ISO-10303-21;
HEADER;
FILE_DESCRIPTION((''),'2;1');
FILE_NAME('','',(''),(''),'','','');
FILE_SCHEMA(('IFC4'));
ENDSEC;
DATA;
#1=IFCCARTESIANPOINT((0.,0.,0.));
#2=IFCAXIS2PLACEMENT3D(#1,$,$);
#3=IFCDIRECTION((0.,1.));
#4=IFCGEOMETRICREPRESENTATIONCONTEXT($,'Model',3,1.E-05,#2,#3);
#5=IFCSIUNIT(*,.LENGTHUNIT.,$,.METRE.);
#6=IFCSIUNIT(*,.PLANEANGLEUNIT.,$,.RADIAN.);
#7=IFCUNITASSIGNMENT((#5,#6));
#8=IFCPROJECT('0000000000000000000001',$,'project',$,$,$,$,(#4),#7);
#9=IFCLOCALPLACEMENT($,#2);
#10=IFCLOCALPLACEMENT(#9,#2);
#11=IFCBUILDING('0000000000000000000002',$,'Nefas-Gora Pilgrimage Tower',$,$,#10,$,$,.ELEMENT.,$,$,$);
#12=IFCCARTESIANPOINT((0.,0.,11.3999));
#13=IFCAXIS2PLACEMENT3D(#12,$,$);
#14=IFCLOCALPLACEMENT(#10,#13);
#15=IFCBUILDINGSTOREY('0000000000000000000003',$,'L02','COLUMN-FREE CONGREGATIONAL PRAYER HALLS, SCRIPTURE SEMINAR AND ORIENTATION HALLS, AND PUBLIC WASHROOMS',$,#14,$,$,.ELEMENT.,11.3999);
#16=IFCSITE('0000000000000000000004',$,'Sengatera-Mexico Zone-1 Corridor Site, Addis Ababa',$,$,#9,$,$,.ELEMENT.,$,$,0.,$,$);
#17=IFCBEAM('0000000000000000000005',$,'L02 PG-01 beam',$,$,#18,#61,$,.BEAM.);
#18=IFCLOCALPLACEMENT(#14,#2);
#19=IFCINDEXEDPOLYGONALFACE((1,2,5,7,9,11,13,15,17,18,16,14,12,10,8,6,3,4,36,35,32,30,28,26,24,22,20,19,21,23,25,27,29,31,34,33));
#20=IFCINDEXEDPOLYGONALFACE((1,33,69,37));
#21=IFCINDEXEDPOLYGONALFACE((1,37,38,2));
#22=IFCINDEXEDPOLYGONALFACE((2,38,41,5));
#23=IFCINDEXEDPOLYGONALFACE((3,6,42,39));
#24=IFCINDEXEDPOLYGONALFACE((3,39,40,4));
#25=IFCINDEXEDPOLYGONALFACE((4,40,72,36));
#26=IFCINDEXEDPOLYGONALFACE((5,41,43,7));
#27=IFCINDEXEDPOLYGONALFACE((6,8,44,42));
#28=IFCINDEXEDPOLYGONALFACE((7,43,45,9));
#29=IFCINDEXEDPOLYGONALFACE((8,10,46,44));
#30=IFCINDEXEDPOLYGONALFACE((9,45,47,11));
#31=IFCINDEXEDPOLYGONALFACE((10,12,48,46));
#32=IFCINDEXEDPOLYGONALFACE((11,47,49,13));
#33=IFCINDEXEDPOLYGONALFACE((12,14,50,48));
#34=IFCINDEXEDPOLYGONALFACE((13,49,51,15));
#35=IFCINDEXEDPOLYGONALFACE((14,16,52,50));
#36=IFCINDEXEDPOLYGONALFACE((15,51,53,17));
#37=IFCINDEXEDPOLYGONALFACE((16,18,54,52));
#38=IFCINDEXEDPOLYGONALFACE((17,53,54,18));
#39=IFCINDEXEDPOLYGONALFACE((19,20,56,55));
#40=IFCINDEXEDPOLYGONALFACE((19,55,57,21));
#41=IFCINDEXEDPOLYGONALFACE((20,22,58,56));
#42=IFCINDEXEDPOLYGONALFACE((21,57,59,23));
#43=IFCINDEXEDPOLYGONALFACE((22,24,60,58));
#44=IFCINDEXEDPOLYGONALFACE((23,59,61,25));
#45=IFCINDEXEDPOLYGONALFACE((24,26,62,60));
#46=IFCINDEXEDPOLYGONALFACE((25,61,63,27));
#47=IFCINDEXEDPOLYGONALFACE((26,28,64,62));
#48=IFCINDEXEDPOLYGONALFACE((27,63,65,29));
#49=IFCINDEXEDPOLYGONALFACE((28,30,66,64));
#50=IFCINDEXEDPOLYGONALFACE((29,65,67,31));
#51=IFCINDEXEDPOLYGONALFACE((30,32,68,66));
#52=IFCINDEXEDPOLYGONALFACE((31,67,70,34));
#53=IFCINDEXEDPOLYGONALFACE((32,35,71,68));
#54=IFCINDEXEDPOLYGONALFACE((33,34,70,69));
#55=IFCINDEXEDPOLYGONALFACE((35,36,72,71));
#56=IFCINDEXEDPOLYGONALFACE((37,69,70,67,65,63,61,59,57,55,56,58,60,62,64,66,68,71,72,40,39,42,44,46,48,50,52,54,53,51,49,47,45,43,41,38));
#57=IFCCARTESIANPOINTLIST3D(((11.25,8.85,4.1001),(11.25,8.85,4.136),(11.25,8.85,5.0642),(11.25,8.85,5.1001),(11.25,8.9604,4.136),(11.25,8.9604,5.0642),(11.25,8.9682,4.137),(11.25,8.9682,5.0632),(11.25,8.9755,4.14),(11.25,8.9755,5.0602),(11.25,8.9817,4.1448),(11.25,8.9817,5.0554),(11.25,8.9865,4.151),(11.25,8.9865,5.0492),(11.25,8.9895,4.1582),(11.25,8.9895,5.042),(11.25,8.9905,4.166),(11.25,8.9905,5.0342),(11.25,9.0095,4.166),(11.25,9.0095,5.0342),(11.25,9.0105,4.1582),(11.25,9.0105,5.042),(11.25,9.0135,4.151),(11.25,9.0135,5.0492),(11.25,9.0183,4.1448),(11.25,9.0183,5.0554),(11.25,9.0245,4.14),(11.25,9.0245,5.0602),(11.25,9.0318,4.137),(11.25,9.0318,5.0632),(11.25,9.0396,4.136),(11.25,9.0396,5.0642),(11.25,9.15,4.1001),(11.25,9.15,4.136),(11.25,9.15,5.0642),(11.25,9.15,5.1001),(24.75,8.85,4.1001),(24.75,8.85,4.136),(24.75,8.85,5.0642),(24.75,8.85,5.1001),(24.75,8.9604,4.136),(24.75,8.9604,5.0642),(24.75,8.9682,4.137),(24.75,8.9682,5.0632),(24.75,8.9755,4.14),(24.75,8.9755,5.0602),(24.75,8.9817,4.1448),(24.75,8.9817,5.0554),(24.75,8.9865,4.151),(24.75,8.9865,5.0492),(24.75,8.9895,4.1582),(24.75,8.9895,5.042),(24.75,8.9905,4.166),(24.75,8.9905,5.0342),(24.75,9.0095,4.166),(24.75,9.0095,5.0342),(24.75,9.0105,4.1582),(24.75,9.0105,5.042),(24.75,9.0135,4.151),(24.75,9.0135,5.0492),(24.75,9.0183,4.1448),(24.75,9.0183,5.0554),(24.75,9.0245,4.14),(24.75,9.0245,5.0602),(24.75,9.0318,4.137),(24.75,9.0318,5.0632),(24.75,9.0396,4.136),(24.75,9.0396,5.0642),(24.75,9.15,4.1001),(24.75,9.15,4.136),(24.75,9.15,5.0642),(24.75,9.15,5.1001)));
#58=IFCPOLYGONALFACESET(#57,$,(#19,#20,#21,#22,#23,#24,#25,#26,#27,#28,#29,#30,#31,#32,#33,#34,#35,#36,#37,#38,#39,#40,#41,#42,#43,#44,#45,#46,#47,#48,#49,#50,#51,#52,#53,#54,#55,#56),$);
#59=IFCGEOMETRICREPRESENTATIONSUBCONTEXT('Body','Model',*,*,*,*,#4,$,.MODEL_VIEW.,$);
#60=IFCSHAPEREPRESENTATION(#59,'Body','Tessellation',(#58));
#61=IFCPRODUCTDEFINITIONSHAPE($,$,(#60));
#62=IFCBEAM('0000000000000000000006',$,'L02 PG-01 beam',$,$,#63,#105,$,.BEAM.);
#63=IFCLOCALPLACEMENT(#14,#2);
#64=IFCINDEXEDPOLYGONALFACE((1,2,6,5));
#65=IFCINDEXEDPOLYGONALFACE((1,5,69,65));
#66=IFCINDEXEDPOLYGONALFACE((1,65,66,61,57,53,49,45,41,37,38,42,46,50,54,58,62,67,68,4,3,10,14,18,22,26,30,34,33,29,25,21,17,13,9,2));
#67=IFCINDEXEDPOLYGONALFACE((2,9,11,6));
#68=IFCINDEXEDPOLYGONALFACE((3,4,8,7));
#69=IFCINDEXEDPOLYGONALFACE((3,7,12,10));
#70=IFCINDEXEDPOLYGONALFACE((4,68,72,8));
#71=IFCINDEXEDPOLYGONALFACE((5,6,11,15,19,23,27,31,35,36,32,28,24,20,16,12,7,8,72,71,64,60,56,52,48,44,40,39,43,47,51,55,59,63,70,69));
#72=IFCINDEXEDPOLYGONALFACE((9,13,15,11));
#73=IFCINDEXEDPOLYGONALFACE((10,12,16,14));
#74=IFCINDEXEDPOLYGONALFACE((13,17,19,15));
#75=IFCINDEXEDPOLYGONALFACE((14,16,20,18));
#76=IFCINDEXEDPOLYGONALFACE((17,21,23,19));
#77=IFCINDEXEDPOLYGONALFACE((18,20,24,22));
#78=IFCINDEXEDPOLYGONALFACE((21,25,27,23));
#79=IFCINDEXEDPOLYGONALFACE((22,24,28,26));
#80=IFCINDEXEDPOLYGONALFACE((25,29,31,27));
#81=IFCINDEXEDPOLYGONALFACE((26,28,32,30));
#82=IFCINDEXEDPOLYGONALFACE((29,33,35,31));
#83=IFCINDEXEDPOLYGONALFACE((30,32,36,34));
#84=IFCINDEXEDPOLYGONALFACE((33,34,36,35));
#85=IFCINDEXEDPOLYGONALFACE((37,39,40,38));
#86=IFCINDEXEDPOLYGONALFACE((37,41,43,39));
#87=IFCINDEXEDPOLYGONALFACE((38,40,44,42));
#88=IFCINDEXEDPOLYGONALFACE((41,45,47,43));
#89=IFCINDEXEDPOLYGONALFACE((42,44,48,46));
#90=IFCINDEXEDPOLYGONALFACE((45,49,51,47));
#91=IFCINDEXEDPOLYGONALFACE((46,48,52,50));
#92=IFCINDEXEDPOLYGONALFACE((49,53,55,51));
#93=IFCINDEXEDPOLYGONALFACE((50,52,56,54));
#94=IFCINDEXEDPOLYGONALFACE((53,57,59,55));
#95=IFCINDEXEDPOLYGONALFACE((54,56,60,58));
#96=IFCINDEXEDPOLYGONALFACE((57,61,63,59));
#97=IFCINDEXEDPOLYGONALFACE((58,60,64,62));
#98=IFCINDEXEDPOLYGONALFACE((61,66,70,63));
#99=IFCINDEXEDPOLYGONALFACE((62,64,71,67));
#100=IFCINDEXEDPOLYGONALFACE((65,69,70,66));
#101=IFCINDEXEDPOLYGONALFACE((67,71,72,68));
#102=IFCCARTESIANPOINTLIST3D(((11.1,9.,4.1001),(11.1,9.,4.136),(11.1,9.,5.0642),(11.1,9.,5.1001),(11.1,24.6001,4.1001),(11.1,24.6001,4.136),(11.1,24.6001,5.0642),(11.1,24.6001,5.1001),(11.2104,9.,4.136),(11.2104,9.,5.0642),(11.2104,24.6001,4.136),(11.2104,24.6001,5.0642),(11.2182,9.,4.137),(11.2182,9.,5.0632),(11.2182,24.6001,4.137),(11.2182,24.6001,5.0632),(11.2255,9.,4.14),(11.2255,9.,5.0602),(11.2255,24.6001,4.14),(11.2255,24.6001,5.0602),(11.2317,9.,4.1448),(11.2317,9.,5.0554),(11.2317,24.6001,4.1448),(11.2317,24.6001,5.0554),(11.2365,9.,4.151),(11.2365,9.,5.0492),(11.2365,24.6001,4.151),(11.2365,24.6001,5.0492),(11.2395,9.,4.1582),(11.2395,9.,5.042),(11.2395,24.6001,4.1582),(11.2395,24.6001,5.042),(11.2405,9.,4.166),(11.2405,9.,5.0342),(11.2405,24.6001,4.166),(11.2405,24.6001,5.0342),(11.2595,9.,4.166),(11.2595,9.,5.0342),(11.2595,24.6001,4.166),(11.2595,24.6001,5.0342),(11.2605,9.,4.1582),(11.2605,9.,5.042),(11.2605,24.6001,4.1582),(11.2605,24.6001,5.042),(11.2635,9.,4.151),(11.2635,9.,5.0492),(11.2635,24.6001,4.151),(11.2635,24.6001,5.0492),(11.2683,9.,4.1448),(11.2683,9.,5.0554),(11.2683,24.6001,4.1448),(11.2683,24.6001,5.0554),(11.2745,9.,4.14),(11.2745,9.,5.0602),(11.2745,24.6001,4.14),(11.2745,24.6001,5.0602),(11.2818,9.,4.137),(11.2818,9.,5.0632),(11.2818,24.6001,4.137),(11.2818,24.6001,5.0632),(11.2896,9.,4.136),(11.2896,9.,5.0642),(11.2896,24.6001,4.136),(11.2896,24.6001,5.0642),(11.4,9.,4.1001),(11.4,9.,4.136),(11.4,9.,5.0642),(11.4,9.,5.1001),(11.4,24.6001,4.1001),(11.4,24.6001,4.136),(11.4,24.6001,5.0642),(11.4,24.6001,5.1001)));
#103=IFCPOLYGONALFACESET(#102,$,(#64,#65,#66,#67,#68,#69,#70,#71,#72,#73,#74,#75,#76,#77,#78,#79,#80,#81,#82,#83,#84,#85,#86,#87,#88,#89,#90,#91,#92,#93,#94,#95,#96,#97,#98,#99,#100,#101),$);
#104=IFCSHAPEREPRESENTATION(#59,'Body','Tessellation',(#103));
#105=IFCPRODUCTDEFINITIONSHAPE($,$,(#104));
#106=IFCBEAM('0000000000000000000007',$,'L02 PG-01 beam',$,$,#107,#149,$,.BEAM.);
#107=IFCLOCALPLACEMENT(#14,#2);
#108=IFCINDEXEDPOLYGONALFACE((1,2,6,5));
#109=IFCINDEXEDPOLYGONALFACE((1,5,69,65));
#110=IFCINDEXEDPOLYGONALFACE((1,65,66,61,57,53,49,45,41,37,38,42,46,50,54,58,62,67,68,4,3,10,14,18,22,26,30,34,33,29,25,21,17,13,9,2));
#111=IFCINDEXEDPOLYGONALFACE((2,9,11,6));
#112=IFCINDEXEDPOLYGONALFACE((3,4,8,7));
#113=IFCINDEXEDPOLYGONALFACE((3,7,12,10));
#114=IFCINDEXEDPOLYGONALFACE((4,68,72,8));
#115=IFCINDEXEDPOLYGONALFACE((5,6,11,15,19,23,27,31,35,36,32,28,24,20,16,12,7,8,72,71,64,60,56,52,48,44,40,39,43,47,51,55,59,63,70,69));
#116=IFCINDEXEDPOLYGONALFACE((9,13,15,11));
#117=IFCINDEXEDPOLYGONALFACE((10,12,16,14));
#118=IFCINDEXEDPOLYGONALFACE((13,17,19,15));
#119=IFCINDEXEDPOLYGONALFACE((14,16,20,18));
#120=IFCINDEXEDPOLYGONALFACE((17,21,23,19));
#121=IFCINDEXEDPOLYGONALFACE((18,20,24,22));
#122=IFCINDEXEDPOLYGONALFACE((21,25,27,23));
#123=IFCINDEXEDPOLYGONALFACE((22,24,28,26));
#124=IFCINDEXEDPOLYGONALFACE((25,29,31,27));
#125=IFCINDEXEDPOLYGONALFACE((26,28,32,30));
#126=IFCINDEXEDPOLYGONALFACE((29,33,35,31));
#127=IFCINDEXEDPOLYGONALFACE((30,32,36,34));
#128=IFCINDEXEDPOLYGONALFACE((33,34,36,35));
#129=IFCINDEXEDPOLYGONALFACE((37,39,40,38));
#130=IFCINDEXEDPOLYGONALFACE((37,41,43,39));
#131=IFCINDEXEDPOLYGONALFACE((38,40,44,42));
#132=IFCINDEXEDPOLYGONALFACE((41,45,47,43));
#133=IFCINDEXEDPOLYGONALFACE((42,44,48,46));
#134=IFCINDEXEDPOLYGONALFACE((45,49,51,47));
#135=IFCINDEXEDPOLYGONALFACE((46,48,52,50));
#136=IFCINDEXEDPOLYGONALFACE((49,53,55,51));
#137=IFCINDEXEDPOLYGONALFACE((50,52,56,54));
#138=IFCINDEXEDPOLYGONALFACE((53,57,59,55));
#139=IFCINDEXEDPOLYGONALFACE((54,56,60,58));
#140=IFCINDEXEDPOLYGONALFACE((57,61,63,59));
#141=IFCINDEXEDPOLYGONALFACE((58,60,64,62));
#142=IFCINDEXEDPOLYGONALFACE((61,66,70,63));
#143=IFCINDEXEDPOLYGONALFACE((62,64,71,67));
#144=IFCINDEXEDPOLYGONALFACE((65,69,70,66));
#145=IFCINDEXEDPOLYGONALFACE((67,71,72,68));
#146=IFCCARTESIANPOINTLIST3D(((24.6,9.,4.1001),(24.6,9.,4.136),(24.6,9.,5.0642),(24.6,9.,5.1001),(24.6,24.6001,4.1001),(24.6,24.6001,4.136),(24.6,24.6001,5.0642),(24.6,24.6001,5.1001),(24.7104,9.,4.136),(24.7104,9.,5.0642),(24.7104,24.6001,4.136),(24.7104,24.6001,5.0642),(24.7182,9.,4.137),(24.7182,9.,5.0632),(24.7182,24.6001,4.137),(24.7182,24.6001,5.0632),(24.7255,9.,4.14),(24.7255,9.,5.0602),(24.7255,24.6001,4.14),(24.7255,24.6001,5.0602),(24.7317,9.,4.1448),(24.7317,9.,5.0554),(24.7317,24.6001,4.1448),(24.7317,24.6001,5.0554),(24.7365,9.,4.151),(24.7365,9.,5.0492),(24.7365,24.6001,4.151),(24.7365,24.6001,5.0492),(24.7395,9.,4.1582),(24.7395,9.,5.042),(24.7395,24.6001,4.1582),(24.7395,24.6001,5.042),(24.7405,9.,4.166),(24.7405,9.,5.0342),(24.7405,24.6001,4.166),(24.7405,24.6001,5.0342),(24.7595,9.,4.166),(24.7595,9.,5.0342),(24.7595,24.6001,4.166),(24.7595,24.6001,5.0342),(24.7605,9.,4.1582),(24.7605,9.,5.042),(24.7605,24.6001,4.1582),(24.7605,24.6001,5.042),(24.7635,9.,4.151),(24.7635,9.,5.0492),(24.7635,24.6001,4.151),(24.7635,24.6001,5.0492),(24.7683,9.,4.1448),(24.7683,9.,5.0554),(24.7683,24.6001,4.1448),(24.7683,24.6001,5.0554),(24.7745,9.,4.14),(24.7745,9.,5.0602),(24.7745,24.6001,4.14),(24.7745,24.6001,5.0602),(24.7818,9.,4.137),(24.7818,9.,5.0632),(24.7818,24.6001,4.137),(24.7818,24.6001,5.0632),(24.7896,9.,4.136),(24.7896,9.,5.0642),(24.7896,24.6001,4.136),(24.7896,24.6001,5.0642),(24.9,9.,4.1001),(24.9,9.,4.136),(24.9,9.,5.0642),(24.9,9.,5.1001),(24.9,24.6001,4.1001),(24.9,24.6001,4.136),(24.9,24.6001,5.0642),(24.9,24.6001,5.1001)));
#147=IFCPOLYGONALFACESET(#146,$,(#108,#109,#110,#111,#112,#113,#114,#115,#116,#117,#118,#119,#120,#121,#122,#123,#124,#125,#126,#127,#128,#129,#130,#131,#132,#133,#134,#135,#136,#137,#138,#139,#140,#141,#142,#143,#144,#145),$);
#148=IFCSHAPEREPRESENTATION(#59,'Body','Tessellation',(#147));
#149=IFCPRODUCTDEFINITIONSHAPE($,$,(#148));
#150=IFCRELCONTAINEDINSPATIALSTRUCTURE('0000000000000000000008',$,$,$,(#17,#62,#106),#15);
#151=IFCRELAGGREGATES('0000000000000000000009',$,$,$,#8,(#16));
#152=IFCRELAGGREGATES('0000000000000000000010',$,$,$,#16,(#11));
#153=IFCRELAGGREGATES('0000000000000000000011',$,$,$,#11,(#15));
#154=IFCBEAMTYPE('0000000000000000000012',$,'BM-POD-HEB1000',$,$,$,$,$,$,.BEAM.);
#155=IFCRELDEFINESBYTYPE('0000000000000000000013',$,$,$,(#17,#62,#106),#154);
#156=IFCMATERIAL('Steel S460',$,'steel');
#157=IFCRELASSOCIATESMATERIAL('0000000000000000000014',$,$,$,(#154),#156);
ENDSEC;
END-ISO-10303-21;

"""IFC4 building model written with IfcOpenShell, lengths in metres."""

from ifc_helpers import new_model, si_unit, direction, frame, origin, origin_2d, place, context, subcontext, project, spatial, i_section, extrude, source, transform, mapped, material, material_profile, profile_set, type_object, element, save


model = new_model("IFC4")

# Units and contexts
model_context = context("Model", 3, precision=1e-05, world=origin(), true_north=direction((0.0, 1.0)))
body_context = subcontext(model_context, "Body", "Model", "MODEL_VIEW")
ifc_project = project(units=[si_unit("LENGTHUNIT", "METRE"), si_unit("PLANEANGLEUNIT", "RADIAN")], contexts=[model_context])

# Site, building, storey
site_placement = place(None, origin())
site = spatial("IfcSite", under=ifc_project, at=site_placement, Name="Sengatera-Mexico Zone-1 Corridor Site, Addis Ababa", CompositionType="ELEMENT", RefElevation=0.0)
building_placement = place(site_placement, origin())
building = spatial("IfcBuilding", under=site, at=building_placement, Name="Nefas-Gora Pilgrimage Tower", CompositionType="ELEMENT")
storey_placement = place(building_placement, frame((0.0, 0.0, 11.3999)))
storey = spatial("IfcBuildingStorey", under=building, at=storey_placement, Name="L02", Description="COLUMN-FREE CONGREGATIONAL PRAYER HALLS, SCRIPTURE SEMINAR AND ORIENTATION HALLS, AND PUBLIC WASHROOMS", CompositionType="ELEMENT", Elevation=11.3999)

# Shared definitions
ifc_material_1 = material(Name="Steel S460", Category="steel")

# Beams
ifc_material_profile_1 = material_profile(ifc_material_1, i_section(OverallWidth=0.3, OverallDepth=1.0, WebThickness=0.019, FlangeThickness=0.0359, FilletRadius=0.03, at=origin_2d()), Name="HEB 1000")
ifc_profile_set_1 = profile_set([ifc_material_profile_1], Name="Steel S460")
beam_type_1 = type_object("IfcBeamType", Name="BM-POD-HEB1000", PredefinedType="BEAM", material=ifc_profile_set_1)
shared_shape_1 = source(origin(), body_context, "Body", "SweptSolid", [
    extrude(i_section(OverallWidth=0.3, OverallDepth=1.0, WebThickness=0.019, FlangeThickness=0.0359, FilletRadius=0.03, at=origin_2d()), origin(), (0.0, 0.0, 1.0), 13.5),
])
beam_1_placement = place(storey_placement, frame((11.25, 9.0, 4.6001), z_axis=(1.0, 0.0, 0.0), x_axis=(0.0, 1.0, 0.0)))
element("IfcBeam", 1, at=beam_1_placement, inside=storey, type_object=beam_type_1, Name="L02 PG-01 beam", PredefinedType="BEAM", context=body_context, shape_type="MappedRepresentation", body=[
    mapped(shared_shape_1, transform((0.0, 0.0, 0.0), x_axis=(1.0, 0.0, 0.0), y_axis=(0.0, 1.0, 0.0), z_axis=(0.0, 0.0, 1.0), scale=1.0)),
])
shared_shape_2 = source(origin(), body_context, "Body", "SweptSolid", [
    extrude(i_section(OverallWidth=0.3, OverallDepth=1.0, WebThickness=0.019, FlangeThickness=0.0359, FilletRadius=0.03, at=origin_2d()), origin(), (0.0, 0.0, 1.0), 15.6001),
])
for number, where, z_axis, x_axis, name in (
    (2, (11.25, 9.0, 4.6001), (0.0, 1.0, 0.0), (-1.0, 0.0, 0.0), "L02 PG-01 beam"),
    (3, (24.75, 9.0, 4.6001), (0.0, 1.0, 0.0), (-1.0, 0.0, 0.0), "L02 PG-01 beam"),
):
    element("IfcBeam", number, at=place(storey_placement, frame(where, z_axis=z_axis, x_axis=x_axis)), inside=storey, type_object=beam_type_1, Name=name, PredefinedType="BEAM", context=body_context, shape_type="MappedRepresentation", body=[
        mapped(shared_shape_2, transform((0.0, 0.0, 0.0), x_axis=(1.0, 0.0, 0.0), y_axis=(0.0, 1.0, 0.0), z_axis=(0.0, 0.0, 1.0), scale=1.0)),
    ])

save(model, "model.ifc")
